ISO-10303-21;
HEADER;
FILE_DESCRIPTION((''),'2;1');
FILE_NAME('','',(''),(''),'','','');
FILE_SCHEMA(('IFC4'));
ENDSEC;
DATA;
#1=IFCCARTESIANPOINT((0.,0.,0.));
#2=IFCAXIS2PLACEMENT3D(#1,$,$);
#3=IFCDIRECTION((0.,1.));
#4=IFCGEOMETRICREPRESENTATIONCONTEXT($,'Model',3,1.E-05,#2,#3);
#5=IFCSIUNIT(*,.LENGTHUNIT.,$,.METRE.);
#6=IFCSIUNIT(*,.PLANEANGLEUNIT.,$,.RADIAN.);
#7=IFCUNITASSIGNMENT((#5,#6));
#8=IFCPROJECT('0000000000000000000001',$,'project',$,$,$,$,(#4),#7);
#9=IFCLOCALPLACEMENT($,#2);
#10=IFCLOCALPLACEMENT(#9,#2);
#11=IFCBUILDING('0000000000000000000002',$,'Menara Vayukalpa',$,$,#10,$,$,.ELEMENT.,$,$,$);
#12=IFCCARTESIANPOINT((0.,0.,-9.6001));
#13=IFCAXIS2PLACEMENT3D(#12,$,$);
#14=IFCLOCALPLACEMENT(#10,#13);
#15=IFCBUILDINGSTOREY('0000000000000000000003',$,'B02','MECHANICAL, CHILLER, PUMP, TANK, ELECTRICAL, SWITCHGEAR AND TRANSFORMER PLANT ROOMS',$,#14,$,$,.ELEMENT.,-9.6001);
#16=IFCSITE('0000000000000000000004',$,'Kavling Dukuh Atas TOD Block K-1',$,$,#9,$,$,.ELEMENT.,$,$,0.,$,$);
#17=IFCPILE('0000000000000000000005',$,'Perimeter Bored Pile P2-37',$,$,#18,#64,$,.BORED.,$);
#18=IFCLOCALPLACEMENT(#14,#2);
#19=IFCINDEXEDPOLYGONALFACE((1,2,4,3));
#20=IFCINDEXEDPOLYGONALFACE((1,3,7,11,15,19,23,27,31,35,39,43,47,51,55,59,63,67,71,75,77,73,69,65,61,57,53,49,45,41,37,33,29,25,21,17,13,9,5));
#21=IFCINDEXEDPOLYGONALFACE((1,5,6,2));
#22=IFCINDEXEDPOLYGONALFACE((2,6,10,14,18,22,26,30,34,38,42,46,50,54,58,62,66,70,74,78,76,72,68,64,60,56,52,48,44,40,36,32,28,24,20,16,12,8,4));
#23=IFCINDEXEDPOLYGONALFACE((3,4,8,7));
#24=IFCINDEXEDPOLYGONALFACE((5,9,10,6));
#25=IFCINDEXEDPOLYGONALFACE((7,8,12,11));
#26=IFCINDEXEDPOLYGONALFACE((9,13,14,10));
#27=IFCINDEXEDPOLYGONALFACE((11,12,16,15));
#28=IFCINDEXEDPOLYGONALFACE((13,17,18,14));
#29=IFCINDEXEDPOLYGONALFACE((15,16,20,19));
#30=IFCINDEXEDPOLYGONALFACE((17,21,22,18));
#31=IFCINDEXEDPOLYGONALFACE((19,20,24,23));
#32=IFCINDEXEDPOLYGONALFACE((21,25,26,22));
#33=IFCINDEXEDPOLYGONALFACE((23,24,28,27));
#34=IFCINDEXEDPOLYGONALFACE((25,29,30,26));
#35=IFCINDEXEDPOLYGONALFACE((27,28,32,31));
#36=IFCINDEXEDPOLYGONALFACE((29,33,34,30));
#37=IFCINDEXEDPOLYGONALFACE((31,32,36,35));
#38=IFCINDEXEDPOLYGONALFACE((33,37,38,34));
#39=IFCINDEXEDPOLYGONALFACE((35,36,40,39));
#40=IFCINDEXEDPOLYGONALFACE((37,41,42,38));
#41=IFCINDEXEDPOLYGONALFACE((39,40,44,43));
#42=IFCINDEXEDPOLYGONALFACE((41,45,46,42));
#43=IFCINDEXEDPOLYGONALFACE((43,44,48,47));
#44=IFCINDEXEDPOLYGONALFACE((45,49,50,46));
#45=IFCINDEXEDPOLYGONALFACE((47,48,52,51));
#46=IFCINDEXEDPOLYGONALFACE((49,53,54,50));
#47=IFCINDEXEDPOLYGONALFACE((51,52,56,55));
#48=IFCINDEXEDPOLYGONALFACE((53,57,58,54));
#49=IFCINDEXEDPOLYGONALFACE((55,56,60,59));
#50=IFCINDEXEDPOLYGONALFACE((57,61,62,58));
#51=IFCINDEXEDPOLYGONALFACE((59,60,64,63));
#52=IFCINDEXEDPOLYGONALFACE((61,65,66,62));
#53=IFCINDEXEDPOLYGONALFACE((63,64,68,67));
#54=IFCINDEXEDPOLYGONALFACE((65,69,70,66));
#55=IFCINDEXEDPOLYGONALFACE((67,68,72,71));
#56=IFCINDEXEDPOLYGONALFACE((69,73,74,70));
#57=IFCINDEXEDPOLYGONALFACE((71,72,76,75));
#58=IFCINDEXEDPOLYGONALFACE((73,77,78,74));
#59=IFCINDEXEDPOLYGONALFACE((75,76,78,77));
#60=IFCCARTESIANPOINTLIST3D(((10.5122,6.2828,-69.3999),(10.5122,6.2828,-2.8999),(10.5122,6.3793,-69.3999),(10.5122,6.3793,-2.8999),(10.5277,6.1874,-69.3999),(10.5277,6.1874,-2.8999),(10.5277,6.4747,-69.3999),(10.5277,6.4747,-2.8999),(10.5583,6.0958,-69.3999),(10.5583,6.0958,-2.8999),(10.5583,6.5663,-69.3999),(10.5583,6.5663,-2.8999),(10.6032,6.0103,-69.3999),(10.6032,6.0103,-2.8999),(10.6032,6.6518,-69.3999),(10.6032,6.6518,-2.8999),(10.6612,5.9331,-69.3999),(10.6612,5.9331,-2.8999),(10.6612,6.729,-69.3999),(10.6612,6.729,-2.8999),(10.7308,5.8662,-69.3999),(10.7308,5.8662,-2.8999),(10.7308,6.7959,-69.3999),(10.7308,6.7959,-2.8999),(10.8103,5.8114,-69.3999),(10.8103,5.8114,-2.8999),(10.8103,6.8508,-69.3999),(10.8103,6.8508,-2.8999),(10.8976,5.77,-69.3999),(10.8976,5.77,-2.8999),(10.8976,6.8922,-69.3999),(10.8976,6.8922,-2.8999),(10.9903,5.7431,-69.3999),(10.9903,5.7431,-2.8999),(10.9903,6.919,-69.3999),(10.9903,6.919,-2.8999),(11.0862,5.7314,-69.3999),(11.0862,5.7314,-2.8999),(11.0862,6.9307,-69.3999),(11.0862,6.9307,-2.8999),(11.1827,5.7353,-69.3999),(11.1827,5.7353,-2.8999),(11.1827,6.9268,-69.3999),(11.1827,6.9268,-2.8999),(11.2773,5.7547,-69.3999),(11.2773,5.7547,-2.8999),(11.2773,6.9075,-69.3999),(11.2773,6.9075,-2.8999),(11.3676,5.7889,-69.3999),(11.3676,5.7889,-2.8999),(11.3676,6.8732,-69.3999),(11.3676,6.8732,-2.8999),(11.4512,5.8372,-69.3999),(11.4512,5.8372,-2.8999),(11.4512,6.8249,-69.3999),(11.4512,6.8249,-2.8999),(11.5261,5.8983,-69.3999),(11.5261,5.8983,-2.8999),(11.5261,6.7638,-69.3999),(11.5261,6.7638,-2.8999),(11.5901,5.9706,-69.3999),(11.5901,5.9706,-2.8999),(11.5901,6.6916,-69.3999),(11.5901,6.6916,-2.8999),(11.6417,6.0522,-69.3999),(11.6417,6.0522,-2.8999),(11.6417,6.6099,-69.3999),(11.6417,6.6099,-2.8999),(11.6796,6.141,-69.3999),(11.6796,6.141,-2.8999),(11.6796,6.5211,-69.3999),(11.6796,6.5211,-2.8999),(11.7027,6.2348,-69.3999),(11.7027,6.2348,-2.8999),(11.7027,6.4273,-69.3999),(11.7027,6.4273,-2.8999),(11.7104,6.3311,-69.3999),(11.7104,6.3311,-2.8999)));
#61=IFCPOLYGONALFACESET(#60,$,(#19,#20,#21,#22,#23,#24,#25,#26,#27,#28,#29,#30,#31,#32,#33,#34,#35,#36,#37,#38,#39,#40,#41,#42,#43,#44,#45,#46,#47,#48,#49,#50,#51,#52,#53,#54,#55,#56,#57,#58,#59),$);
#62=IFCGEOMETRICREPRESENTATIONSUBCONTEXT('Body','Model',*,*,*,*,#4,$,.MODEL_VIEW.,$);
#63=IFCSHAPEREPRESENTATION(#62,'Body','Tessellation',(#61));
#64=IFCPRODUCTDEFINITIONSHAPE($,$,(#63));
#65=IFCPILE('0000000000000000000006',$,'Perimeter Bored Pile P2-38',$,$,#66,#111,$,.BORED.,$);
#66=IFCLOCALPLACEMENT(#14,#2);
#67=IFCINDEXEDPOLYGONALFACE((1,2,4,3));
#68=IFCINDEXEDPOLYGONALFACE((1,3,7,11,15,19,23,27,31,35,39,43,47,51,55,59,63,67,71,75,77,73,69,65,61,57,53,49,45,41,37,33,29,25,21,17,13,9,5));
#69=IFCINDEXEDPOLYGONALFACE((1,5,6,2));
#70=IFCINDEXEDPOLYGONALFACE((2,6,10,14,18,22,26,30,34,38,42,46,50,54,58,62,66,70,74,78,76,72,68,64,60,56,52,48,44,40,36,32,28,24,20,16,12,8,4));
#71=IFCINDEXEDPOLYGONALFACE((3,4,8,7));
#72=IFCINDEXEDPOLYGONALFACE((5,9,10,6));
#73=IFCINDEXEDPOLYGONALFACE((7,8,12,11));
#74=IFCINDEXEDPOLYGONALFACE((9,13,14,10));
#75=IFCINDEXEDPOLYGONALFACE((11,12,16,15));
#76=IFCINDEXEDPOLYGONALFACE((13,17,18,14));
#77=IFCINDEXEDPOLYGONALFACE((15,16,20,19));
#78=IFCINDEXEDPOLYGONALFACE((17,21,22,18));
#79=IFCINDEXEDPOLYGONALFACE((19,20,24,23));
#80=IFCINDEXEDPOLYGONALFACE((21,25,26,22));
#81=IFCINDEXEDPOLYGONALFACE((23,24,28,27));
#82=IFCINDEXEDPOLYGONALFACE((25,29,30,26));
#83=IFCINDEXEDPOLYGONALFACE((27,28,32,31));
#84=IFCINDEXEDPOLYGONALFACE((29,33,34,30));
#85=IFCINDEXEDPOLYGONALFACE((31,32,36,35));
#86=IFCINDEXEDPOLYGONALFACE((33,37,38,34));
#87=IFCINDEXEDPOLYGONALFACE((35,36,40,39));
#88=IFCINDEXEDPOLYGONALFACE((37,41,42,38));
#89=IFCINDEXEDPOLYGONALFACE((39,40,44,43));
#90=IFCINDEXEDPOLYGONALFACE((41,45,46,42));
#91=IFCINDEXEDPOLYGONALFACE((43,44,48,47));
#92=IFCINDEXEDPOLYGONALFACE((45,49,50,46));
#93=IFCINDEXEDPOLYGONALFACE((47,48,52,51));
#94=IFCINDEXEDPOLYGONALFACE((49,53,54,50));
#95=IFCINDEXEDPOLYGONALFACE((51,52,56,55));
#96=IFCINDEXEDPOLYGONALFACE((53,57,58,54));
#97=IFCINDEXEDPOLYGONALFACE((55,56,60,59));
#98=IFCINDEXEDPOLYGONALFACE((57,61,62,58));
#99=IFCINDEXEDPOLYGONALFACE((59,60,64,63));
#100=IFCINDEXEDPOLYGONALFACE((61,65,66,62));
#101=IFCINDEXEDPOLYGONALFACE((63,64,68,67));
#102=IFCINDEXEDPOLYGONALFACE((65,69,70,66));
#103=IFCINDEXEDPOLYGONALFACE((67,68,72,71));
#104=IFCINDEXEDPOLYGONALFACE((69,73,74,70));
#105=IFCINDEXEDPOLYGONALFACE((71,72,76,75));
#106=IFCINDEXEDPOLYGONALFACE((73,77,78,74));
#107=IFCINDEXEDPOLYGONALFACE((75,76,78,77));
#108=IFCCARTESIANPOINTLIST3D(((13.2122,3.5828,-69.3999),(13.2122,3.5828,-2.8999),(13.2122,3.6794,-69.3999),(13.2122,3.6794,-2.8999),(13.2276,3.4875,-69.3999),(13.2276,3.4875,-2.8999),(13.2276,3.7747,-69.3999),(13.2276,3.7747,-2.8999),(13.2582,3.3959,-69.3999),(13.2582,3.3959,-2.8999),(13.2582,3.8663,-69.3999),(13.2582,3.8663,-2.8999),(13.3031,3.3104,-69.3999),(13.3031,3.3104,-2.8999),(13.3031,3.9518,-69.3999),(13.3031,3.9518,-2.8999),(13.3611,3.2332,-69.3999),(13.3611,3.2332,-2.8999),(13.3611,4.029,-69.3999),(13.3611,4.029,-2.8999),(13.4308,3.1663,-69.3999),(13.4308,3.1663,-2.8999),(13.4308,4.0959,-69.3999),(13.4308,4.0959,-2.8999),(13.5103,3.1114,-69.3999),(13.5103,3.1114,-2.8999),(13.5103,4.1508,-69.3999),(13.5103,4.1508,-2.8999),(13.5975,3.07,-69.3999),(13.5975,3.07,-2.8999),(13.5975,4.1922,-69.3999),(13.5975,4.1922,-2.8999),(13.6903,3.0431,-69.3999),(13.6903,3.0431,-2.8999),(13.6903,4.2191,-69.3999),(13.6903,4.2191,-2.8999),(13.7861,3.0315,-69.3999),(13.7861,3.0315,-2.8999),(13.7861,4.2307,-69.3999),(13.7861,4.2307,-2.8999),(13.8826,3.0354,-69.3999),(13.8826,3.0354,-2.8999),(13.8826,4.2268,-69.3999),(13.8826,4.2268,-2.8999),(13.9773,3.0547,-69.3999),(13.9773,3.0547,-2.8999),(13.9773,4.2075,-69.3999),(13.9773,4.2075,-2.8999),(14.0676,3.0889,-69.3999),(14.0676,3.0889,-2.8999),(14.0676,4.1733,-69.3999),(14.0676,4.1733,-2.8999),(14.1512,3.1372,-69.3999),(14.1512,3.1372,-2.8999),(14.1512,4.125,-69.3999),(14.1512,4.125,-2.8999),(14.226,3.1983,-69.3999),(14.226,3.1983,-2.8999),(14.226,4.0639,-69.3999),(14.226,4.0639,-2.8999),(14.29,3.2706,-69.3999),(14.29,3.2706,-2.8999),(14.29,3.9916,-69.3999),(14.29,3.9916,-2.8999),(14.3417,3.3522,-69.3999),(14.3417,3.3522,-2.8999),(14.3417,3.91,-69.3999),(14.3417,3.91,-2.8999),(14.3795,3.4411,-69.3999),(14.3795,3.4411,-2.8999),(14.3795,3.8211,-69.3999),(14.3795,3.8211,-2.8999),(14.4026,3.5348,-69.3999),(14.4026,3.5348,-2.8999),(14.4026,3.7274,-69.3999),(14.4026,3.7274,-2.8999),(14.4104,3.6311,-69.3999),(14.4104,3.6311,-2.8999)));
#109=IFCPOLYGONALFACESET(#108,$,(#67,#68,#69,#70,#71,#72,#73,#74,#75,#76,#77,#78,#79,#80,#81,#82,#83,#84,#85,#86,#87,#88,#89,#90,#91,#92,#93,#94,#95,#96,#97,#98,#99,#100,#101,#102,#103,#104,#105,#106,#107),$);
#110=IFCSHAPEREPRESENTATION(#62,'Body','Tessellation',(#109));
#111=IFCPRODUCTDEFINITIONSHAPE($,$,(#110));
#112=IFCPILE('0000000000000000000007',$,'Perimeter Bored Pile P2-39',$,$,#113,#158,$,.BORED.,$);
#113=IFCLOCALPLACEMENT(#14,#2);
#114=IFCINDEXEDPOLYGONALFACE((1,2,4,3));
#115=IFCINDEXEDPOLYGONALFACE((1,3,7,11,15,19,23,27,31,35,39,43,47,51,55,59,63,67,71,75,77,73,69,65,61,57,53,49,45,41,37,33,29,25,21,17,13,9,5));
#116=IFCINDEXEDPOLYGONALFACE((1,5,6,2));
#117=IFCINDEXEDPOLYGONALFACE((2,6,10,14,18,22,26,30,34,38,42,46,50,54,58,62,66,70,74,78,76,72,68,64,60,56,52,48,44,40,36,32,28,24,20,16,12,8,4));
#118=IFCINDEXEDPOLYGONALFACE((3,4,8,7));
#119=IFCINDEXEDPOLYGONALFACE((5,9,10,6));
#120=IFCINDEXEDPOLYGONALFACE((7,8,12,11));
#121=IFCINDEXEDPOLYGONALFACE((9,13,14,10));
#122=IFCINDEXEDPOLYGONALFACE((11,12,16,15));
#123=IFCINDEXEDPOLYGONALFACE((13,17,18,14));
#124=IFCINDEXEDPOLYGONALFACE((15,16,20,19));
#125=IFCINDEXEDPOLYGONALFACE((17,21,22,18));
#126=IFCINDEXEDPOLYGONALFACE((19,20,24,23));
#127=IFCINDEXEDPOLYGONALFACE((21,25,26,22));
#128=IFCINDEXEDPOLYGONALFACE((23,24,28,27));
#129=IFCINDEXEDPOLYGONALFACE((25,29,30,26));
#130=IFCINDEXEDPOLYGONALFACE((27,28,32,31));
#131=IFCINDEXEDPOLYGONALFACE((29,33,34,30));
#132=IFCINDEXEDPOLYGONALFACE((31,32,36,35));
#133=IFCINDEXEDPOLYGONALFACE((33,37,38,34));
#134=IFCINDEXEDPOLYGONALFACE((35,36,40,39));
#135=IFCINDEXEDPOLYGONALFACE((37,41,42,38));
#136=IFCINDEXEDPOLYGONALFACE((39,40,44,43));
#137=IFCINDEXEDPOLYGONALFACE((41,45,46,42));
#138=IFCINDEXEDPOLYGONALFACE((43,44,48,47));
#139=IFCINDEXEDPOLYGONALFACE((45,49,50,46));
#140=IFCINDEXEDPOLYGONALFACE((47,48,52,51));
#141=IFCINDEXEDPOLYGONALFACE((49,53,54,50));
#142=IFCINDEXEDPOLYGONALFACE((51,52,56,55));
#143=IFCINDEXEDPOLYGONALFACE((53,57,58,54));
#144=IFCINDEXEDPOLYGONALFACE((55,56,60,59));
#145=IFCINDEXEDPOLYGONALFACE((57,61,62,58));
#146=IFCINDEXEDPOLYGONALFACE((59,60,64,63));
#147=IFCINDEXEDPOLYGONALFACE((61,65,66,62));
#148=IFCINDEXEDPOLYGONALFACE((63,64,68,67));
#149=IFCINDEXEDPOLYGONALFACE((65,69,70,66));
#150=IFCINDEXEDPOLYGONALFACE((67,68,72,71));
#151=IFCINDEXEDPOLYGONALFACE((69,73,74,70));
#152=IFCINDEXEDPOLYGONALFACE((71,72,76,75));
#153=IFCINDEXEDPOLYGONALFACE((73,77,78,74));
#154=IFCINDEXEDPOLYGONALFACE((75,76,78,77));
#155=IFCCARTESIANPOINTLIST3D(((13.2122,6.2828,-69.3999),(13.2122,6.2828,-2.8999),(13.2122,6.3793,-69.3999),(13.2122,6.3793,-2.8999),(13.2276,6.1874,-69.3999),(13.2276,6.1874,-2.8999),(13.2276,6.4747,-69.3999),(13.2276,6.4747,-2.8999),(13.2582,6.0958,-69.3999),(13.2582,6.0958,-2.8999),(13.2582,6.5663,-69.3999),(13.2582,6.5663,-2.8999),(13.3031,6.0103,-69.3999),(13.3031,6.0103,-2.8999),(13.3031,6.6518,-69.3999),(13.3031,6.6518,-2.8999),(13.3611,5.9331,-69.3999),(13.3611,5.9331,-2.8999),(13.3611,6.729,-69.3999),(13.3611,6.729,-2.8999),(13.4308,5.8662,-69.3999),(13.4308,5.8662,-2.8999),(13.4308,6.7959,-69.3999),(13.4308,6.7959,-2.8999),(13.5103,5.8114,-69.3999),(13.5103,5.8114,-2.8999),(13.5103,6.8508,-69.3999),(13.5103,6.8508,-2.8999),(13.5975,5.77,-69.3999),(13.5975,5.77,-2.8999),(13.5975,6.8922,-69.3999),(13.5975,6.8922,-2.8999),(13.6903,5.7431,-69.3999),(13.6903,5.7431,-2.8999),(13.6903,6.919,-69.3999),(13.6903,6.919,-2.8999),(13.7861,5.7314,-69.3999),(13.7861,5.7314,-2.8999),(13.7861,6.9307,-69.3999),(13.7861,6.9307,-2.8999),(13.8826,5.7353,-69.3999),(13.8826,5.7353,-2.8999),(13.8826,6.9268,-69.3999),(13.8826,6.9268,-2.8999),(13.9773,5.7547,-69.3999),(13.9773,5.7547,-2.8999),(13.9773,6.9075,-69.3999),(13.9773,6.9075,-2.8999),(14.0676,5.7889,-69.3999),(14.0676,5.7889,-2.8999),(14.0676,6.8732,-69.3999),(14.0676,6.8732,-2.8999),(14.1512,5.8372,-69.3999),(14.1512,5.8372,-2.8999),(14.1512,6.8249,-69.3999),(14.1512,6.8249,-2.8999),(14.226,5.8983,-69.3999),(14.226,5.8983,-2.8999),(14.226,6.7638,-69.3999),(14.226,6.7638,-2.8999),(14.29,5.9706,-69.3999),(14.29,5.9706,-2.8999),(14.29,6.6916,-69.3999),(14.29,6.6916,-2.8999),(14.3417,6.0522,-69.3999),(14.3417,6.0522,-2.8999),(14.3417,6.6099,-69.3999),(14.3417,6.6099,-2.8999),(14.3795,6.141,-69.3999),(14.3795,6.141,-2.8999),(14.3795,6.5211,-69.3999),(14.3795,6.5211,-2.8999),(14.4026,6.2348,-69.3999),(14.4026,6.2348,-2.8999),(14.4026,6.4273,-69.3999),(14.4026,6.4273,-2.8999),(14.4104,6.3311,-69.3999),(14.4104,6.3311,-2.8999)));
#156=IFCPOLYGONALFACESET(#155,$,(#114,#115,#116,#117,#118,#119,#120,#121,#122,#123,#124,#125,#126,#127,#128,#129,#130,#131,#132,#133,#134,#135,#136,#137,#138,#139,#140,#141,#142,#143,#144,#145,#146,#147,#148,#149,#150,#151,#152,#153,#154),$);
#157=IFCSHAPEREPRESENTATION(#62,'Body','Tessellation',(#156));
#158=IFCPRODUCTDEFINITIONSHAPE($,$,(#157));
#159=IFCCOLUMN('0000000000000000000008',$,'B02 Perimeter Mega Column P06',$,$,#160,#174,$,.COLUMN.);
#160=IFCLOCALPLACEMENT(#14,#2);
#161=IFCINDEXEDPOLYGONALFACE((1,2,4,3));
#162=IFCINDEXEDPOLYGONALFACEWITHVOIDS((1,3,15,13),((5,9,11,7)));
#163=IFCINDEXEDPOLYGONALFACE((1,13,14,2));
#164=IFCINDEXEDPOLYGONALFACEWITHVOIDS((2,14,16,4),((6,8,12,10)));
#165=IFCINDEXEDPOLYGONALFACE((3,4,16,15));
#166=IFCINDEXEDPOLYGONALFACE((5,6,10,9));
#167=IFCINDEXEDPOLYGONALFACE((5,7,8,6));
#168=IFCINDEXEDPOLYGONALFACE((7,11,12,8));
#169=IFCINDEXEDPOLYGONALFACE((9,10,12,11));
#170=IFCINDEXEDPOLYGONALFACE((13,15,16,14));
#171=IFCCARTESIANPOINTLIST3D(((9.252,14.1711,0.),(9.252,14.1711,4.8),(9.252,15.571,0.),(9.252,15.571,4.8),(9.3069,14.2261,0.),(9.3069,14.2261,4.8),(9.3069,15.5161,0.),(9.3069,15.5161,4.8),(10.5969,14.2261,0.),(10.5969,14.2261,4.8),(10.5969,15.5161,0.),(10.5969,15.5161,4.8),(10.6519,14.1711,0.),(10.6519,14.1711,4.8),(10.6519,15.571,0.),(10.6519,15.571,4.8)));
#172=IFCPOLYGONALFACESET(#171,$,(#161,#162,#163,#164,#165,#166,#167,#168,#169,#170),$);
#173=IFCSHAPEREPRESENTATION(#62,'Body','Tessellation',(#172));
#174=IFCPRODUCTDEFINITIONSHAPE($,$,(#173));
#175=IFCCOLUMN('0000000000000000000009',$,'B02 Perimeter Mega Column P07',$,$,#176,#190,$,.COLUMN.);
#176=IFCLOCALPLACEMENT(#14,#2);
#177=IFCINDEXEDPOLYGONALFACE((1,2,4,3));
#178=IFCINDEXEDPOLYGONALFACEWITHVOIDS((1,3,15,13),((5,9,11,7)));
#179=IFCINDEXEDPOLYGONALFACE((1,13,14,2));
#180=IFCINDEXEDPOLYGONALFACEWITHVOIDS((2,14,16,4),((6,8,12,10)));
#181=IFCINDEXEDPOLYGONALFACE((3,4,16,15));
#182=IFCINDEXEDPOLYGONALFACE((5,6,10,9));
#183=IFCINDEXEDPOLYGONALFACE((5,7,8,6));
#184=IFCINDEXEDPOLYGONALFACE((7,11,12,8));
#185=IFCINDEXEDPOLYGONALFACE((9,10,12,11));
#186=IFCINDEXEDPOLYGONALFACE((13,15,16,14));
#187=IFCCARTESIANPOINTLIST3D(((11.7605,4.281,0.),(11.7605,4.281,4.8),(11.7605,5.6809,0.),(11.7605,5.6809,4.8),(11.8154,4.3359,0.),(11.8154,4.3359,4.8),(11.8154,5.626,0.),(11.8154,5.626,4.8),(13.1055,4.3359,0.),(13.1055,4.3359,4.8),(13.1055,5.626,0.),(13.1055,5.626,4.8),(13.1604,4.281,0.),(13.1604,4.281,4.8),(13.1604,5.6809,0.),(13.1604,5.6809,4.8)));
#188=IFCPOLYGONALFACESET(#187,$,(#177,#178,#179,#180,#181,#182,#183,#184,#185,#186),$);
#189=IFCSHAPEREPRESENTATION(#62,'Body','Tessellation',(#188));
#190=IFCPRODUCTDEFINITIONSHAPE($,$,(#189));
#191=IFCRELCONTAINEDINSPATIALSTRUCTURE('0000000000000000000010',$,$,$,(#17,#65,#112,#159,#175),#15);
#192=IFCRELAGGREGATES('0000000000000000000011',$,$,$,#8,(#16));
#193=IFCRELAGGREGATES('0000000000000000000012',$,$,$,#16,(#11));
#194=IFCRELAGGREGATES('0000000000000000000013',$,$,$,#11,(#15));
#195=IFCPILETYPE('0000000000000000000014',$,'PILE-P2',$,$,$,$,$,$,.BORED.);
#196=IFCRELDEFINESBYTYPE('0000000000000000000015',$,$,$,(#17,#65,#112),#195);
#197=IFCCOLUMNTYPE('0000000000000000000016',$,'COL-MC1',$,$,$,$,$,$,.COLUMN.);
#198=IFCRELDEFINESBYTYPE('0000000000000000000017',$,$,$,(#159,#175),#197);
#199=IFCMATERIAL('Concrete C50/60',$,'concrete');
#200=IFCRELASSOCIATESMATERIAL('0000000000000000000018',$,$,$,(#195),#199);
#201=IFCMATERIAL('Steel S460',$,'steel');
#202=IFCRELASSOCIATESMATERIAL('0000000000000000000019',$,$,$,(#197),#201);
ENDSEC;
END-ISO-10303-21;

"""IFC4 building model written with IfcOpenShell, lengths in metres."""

from ifc_helpers import new_model, si_unit, direction, frame, origin, origin_2d, place, context, subcontext, project, spatial, hollow_rectangle, circle, extrude, material, material_profile, profile_set, type_object, element, save


model = new_model("IFC4")

# Units and contexts
model_context = context("Model", 3, precision=1e-05, world=origin(), true_north=direction((0.0, 1.0)))
body_context = subcontext(model_context, "Body", "Model", "MODEL_VIEW")
ifc_project = project(units=[si_unit("LENGTHUNIT", "METRE"), si_unit("PLANEANGLEUNIT", "RADIAN")], contexts=[model_context])

# Site, building, storey
site_placement = place(None, origin())
site = spatial("IfcSite", under=ifc_project, at=site_placement, Name="Kavling Dukuh Atas TOD Block K-1", CompositionType="ELEMENT", RefElevation=0.0)
building_placement = place(site_placement, origin())
building = spatial("IfcBuilding", under=site, at=building_placement, Name="Menara Vayukalpa", CompositionType="ELEMENT")
storey_placement = place(building_placement, frame((0.0, 0.0, -9.6001)))
storey = spatial("IfcBuildingStorey", under=building, at=storey_placement, Name="B02", Description="MECHANICAL, CHILLER, PUMP, TANK, ELECTRICAL, SWITCHGEAR AND TRANSFORMER PLANT ROOMS", CompositionType="ELEMENT", Elevation=-9.6001)

# Piles
ifc_material_1 = material(Name="Concrete C50/60", Category="concrete")
ifc_material_profile_1 = material_profile(ifc_material_1, circle(Radius=0.6001, at=origin_2d()), Name="PILE D1200")
ifc_profile_set_1 = profile_set([ifc_material_profile_1], Name="Concrete C50/60")
pile_type = type_object("IfcPileType", Name="PILE-P2", PredefinedType="BORED", material=ifc_profile_set_1)
for number, where, z_axis, x_axis, name in (
    (1, (11.1104, 6.3311, -2.8999), (0.0, 0.0, -1.0), (1.0, 0.0, 0.0), "Perimeter Bored Pile P2-37"),
    (2, (13.8103, 3.6311, -2.8999), (0.0, 0.0, -1.0), (1.0, 0.0, 0.0), "Perimeter Bored Pile P2-38"),
    (3, (13.8103, 6.3311, -2.8999), (0.0, 0.0, -1.0), (1.0, 0.0, 0.0), "Perimeter Bored Pile P2-39"),
):
    element("IfcPile", number, at=place(storey_placement, frame(where, z_axis=z_axis, x_axis=x_axis)), inside=storey, type_object=pile_type, Name=name, PredefinedType="BORED", context=body_context, shape_type="SweptSolid", body=[
        extrude(circle(Radius=0.6001, at=origin_2d()), origin(), (0.0, 0.0, 1.0), 66.5),
    ])

# Columns
ifc_material_2 = material(Name="Steel S460", Category="steel")
ifc_material_profile_2 = material_profile(ifc_material_2, hollow_rectangle(XDim=1.3999, YDim=1.3999, WallThickness=0.0549, at=origin_2d()), Name="BOX 1400x1400x55")
ifc_profile_set_2 = profile_set([ifc_material_profile_2], Name="Steel S460")
column_type = type_object("IfcColumnType", Name="COL-MC1", PredefinedType="COLUMN", material=ifc_profile_set_2)
for number, where, z_axis, x_axis, name in (
    (4, (9.9519, 14.8711, 0.0), (0.0, 0.0, 1.0), (1.0, 0.0, 0.0), "B02 Perimeter Mega Column P06"),
    (5, (12.4604, 4.981, 0.0), (0.0, 0.0, 1.0), (1.0, 0.0, 0.0), "B02 Perimeter Mega Column P07"),
):
    element("IfcColumn", number, at=place(storey_placement, frame(where, z_axis=z_axis, x_axis=x_axis)), inside=storey, type_object=column_type, Name=name, PredefinedType="COLUMN", context=body_context, shape_type="SweptSolid", body=[
        extrude(hollow_rectangle(XDim=1.3999, YDim=1.3999, WallThickness=0.0549, at=origin_2d()), origin(), (0.0, 0.0, 1.0), 4.8),
    ])

save(model, "model.ifc")
